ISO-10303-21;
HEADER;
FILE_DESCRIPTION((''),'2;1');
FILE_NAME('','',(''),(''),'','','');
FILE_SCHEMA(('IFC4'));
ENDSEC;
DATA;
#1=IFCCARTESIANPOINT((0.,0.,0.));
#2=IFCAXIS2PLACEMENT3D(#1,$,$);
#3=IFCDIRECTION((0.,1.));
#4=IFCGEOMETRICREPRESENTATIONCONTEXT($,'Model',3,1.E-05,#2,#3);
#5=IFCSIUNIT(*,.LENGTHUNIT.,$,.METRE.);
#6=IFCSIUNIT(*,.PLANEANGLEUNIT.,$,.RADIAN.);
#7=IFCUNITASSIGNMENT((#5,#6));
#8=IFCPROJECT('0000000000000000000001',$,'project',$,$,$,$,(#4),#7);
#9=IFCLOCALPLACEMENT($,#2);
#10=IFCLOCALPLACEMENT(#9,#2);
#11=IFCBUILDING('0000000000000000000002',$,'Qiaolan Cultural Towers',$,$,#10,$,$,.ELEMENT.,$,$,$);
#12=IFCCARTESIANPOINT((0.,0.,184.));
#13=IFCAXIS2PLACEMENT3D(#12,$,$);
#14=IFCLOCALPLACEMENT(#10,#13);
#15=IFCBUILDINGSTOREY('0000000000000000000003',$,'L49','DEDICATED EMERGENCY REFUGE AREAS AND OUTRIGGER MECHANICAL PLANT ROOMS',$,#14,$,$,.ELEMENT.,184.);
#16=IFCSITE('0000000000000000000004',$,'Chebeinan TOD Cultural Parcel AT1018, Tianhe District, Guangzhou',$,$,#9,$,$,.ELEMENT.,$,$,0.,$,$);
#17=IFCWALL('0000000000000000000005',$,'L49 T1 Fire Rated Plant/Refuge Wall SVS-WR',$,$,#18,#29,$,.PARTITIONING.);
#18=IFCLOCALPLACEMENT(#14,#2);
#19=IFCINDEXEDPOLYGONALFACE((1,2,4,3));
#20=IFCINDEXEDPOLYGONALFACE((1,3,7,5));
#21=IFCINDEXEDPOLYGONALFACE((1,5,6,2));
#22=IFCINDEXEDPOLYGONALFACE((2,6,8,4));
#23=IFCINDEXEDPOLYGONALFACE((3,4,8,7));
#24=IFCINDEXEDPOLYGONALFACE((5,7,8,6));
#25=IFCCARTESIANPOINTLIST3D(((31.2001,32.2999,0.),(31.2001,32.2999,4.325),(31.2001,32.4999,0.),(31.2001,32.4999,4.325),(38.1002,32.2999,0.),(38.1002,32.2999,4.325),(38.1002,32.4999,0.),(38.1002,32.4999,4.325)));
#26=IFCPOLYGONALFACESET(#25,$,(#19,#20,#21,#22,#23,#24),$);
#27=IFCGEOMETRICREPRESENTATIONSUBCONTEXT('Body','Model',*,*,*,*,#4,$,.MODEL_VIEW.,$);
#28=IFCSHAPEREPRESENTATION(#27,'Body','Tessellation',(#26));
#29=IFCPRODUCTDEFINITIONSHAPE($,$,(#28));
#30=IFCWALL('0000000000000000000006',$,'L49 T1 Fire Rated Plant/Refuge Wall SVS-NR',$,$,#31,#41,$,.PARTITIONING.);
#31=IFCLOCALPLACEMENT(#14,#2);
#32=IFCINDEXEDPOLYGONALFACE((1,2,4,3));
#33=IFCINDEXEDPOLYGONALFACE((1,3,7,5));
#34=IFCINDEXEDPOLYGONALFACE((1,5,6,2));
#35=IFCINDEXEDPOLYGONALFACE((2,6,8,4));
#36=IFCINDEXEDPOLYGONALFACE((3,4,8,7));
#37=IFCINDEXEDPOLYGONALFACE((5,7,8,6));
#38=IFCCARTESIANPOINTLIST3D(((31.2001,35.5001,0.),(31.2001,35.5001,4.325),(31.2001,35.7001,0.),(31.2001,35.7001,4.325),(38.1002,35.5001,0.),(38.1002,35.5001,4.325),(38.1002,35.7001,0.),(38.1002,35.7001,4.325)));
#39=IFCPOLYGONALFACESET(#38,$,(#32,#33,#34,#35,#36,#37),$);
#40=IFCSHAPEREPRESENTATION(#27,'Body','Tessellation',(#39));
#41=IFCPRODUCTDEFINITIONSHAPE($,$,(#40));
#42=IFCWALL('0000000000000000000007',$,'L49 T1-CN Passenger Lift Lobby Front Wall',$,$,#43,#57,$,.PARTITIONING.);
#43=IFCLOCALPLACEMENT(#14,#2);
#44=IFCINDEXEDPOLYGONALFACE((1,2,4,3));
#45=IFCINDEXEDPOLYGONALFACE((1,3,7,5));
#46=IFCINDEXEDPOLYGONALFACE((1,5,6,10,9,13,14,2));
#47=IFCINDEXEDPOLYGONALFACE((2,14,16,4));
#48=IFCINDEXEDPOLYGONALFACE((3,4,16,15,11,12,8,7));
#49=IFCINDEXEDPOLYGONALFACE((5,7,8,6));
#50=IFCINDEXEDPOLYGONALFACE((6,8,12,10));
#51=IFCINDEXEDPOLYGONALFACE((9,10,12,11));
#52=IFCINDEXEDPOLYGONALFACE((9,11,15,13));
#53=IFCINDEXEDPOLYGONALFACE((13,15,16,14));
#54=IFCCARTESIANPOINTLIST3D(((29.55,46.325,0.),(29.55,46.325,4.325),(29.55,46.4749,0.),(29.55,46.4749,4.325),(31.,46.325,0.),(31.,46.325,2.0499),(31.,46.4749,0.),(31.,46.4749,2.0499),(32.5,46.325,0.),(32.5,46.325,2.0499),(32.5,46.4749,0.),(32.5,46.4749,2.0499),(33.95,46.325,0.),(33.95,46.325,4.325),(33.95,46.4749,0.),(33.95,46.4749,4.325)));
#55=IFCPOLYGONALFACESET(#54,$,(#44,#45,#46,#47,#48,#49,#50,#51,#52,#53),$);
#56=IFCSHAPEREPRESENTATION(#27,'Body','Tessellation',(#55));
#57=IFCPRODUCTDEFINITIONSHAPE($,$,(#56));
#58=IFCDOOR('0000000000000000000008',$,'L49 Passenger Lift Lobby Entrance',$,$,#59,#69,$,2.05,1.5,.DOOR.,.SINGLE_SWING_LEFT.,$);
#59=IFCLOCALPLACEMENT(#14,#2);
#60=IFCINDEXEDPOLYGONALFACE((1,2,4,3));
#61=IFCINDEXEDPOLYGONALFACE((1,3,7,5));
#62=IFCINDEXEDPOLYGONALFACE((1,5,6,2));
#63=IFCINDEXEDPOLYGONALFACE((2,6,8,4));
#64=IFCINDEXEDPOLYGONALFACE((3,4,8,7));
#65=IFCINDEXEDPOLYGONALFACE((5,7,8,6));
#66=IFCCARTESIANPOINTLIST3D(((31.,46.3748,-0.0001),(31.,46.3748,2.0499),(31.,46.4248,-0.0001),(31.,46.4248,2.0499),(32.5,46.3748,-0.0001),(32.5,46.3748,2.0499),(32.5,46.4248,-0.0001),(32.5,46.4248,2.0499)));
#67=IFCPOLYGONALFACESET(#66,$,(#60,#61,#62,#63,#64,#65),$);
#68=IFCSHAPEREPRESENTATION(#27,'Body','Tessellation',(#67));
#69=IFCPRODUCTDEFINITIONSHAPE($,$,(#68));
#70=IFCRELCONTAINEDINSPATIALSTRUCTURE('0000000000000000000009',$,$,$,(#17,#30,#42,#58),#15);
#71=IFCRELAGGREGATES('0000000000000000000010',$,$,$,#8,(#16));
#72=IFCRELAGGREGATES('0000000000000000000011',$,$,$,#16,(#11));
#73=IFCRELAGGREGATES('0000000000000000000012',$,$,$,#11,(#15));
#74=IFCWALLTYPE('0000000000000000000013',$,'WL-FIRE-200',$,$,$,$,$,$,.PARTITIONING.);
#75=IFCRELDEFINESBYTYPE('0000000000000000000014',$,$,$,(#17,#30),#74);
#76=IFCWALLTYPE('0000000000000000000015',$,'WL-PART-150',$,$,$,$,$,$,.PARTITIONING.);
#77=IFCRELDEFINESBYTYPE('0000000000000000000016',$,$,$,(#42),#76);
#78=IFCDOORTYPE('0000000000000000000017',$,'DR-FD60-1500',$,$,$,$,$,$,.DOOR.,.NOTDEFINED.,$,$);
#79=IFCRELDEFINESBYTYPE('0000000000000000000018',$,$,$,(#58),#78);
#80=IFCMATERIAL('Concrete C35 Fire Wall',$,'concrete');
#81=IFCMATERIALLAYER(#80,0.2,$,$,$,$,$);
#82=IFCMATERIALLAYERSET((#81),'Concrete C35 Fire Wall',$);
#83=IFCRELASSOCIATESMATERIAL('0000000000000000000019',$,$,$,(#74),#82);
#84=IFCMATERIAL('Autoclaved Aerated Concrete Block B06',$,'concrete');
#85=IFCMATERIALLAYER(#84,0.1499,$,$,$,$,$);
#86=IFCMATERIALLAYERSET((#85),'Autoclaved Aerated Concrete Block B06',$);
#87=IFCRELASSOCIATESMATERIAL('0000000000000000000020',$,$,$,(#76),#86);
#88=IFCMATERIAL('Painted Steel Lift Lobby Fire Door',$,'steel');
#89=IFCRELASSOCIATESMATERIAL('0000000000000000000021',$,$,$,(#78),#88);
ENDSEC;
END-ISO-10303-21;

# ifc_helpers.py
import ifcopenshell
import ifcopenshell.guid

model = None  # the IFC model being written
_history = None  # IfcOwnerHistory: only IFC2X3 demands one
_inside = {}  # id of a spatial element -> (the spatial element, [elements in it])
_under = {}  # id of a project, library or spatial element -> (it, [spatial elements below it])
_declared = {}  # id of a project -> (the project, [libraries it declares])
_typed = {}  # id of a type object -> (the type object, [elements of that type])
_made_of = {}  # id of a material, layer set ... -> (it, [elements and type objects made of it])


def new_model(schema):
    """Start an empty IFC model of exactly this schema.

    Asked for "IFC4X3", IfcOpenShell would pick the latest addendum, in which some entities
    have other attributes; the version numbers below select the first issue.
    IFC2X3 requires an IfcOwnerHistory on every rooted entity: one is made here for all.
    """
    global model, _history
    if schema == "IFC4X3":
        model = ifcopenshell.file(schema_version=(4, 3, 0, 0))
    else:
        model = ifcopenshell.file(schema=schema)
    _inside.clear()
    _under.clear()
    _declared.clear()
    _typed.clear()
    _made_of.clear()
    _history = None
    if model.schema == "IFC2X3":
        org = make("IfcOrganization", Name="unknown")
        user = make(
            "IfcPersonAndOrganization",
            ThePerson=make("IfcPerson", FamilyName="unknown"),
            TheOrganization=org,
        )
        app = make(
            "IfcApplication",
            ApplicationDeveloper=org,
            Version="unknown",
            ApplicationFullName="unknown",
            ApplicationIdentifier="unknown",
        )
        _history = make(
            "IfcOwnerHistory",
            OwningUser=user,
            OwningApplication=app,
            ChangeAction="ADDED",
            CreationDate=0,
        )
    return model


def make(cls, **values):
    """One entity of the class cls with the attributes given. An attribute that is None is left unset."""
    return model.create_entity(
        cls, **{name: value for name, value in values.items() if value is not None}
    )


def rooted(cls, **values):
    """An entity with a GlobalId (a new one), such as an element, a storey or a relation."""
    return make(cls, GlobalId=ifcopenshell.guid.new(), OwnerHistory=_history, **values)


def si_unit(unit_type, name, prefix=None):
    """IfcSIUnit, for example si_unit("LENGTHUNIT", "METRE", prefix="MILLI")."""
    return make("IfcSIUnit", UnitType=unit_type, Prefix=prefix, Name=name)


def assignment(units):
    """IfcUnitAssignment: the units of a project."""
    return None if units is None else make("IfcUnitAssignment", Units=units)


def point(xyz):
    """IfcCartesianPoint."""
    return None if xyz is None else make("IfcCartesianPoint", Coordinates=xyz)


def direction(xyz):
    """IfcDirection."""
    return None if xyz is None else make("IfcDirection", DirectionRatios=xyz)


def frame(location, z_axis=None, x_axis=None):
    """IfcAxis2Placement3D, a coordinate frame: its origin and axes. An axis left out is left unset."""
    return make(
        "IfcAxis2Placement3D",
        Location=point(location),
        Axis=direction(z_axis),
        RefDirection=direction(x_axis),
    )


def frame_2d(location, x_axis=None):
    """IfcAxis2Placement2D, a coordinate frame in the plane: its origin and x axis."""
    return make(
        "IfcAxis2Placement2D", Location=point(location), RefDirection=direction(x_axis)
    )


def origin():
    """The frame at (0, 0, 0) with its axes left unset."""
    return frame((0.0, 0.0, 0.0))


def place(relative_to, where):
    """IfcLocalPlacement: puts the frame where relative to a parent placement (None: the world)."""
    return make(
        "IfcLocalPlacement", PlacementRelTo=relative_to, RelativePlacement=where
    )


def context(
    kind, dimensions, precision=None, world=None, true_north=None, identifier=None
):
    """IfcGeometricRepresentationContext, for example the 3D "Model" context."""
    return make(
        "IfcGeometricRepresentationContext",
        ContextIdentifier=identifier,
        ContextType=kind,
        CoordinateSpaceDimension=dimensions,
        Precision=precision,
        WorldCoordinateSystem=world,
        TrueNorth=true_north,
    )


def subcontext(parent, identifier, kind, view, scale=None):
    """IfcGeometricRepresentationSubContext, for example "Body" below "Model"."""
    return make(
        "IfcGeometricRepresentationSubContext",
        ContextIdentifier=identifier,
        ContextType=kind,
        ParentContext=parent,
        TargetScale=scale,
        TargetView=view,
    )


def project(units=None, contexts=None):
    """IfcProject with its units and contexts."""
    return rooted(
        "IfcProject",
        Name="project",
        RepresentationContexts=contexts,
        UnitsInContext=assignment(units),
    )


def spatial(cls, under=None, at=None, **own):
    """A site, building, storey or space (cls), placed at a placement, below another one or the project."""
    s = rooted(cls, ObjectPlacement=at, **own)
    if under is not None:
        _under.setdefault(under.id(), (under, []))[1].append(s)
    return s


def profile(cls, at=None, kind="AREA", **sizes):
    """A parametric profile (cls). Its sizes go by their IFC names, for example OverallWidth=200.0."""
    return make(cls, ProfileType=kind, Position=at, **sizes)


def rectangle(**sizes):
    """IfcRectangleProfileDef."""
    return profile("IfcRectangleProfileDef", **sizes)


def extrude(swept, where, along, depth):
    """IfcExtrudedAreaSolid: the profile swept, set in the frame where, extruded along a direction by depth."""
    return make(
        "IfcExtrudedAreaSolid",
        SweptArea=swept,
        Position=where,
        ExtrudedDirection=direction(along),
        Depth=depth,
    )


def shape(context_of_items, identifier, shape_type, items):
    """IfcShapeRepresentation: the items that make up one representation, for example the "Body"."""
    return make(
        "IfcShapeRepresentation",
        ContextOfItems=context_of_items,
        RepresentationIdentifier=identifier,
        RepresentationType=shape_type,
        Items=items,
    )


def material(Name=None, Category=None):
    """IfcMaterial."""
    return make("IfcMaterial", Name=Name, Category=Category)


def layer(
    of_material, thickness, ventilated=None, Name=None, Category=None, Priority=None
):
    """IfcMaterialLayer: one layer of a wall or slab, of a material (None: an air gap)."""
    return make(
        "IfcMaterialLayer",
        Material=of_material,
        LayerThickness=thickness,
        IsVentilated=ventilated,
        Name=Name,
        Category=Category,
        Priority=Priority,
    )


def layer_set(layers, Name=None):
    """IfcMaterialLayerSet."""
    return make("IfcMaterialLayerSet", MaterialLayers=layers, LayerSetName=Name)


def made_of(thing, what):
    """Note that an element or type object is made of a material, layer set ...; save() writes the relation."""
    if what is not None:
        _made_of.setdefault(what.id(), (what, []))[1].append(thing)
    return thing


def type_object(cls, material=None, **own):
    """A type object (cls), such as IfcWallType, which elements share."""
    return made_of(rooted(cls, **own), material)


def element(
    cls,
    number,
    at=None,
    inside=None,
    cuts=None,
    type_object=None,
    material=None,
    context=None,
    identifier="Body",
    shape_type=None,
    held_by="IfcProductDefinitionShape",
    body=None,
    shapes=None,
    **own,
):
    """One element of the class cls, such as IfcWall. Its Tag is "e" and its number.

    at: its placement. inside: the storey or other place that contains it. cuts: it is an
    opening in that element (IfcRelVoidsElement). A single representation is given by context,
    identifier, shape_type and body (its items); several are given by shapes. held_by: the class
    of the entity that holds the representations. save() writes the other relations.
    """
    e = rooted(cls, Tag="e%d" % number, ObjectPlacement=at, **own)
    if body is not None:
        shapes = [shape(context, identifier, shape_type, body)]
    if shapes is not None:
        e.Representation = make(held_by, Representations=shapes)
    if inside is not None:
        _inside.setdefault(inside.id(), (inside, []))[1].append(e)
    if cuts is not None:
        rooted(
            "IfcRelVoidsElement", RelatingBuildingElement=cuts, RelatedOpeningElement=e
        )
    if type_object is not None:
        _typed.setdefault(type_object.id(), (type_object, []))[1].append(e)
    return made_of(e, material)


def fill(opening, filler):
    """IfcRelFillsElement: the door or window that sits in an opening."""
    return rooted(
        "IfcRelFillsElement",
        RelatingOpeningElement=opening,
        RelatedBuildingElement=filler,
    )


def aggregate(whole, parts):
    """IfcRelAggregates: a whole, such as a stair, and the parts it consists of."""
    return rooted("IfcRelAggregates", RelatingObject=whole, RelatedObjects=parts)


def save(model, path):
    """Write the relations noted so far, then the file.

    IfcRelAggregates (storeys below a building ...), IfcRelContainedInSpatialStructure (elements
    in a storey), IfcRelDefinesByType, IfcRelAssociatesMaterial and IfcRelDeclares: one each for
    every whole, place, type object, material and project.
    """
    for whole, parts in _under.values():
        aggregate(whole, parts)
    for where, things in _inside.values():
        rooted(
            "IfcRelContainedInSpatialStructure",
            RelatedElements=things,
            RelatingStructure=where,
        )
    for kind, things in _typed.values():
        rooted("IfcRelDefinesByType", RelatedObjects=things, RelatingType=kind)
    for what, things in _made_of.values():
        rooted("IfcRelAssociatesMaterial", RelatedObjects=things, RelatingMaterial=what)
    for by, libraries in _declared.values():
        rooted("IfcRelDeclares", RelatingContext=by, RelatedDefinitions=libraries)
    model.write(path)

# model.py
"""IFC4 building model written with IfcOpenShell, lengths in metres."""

from ifc_helpers import new_model, si_unit, direction, frame, frame_2d, origin, place, context, subcontext, project, spatial, rectangle, extrude, material, layer, layer_set, type_object, element, fill, save


model = new_model("IFC4")

# Units and contexts
model_context = context("Model", 3, precision=1e-05, world=origin(), true_north=direction((0.0, 1.0)))
body_context = subcontext(model_context, "Body", "Model", "MODEL_VIEW")
ifc_project = project(units=[si_unit("LENGTHUNIT", "METRE"), si_unit("PLANEANGLEUNIT", "RADIAN")], contexts=[model_context])

# Site, building, storey
site_placement = place(None, origin())
site = spatial("IfcSite", under=ifc_project, at=site_placement, Name="Chebeinan TOD Cultural Parcel AT1018, Tianhe District, Guangzhou", CompositionType="ELEMENT", RefElevation=0.0)
building_placement = place(site_placement, origin())
building = spatial("IfcBuilding", under=site, at=building_placement, Name="Qiaolan Cultural Towers", CompositionType="ELEMENT")
storey_placement = place(building_placement, frame((0.0, 0.0, 184.0)))
storey = spatial("IfcBuildingStorey", under=building, at=storey_placement, Name="L49", Description="DEDICATED EMERGENCY REFUGE AREAS AND OUTRIGGER MECHANICAL PLANT ROOMS", CompositionType="ELEMENT", Elevation=184.0)

# Shared definitions
ifc_material_1 = material(Name="Concrete C35 Fire Wall", Category="concrete")
ifc_layer_1 = layer(ifc_material_1, 0.2)
ifc_layer_set_1 = layer_set([ifc_layer_1], Name="Concrete C35 Fire Wall")
wall_type_1 = type_object("IfcWallType", Name="WL-FIRE-200", PredefinedType="PARTITIONING", material=ifc_layer_set_1)

# Walls
for number, where, z_axis, x_axis, name in (
    (1, (31.2, 32.3999, 0.0), (0.0, 0.0, 1.0), (1.0, 0.0, 0.0), "L49 T1 Fire Rated Plant/Refuge Wall SVS-WR"),
    (2, (31.2, 35.6001, 0.0), (0.0, 0.0, 1.0), (1.0, 0.0, 0.0), "L49 T1 Fire Rated Plant/Refuge Wall SVS-NR"),
):
    element("IfcWall", number, at=place(storey_placement, frame(where, z_axis=z_axis, x_axis=x_axis)), inside=storey, type_object=wall_type_1, Name=name, PredefinedType="PARTITIONING", context=body_context, shape_type="SweptSolid", body=[
        extrude(rectangle(XDim=6.9001, YDim=0.2, at=frame_2d((3.4502, 0.0))), origin(), (0.0, 0.0, 1.0), 4.325),
    ])

# Wall, opening, door
ifc_material_2 = material(Name="Autoclaved Aerated Concrete Block B06", Category="concrete")
ifc_layer_2 = layer(ifc_material_2, 0.1499)
ifc_layer_set_2 = layer_set([ifc_layer_2], Name="Autoclaved Aerated Concrete Block B06")
wall_type_2 = type_object("IfcWallType", Name="WL-PART-150", PredefinedType="PARTITIONING", material=ifc_layer_set_2)
wall_1_placement = place(storey_placement, frame((29.55, 46.3999, 0.0), z_axis=(0.0, 0.0, 1.0), x_axis=(1.0, 0.0, 0.0)))
wall_1 = element("IfcWall", 3, at=wall_1_placement, inside=storey, type_object=wall_type_2, Name="L49 T1-CN Passenger Lift Lobby Front Wall", PredefinedType="PARTITIONING", context=body_context, shape_type="SweptSolid", body=[
    extrude(rectangle(XDim=4.3999, YDim=0.1499, at=frame_2d((2.2, 0.0))), origin(), (0.0, 0.0, 1.0), 4.325),
])
opening_1_placement = place(wall_1_placement, frame((1.45, 0.0, 0.0)))
opening_1 = element("IfcOpeningElement", 4, at=opening_1_placement, cuts=wall_1, PredefinedType="OPENING", context=body_context, shape_type="SweptSolid", body=[
    extrude(rectangle(XDim=1.5, YDim=2.05, at=frame_2d((0.75, 1.0249))), frame((0.0, 0.085, 0.0), z_axis=(0.0, -1.0, 0.0), x_axis=(1.0, 0.0, 0.0)), (0.0, 0.0, 1.0), 0.1699),
])
ifc_material_3 = material(Name="Painted Steel Lift Lobby Fire Door", Category="steel")
door_type_1 = type_object("IfcDoorType", Name="DR-FD60-1500", OperationType="NOTDEFINED", PredefinedType="DOOR", material=ifc_material_3)
door_1_placement = place(opening_1_placement, origin())
door_1 = element("IfcDoor", 5, at=door_1_placement, inside=storey, type_object=door_type_1, Name="L49 Passenger Lift Lobby Entrance", OperationType="SINGLE_SWING_LEFT", OverallHeight=2.05, OverallWidth=1.5, PredefinedType="DOOR", context=body_context, shape_type="SweptSolid", body=[
    extrude(rectangle(XDim=1.5, YDim=2.05, at=frame_2d((0.75, 1.0249))), frame((0.0, 0.0249, 0.0), z_axis=(0.0, -1.0, 0.0), x_axis=(1.0, 0.0, 0.0)), (0.0, 0.0, 1.0), 0.05),
])
fill(opening_1, door_1)

save(model, "model.ifc")
